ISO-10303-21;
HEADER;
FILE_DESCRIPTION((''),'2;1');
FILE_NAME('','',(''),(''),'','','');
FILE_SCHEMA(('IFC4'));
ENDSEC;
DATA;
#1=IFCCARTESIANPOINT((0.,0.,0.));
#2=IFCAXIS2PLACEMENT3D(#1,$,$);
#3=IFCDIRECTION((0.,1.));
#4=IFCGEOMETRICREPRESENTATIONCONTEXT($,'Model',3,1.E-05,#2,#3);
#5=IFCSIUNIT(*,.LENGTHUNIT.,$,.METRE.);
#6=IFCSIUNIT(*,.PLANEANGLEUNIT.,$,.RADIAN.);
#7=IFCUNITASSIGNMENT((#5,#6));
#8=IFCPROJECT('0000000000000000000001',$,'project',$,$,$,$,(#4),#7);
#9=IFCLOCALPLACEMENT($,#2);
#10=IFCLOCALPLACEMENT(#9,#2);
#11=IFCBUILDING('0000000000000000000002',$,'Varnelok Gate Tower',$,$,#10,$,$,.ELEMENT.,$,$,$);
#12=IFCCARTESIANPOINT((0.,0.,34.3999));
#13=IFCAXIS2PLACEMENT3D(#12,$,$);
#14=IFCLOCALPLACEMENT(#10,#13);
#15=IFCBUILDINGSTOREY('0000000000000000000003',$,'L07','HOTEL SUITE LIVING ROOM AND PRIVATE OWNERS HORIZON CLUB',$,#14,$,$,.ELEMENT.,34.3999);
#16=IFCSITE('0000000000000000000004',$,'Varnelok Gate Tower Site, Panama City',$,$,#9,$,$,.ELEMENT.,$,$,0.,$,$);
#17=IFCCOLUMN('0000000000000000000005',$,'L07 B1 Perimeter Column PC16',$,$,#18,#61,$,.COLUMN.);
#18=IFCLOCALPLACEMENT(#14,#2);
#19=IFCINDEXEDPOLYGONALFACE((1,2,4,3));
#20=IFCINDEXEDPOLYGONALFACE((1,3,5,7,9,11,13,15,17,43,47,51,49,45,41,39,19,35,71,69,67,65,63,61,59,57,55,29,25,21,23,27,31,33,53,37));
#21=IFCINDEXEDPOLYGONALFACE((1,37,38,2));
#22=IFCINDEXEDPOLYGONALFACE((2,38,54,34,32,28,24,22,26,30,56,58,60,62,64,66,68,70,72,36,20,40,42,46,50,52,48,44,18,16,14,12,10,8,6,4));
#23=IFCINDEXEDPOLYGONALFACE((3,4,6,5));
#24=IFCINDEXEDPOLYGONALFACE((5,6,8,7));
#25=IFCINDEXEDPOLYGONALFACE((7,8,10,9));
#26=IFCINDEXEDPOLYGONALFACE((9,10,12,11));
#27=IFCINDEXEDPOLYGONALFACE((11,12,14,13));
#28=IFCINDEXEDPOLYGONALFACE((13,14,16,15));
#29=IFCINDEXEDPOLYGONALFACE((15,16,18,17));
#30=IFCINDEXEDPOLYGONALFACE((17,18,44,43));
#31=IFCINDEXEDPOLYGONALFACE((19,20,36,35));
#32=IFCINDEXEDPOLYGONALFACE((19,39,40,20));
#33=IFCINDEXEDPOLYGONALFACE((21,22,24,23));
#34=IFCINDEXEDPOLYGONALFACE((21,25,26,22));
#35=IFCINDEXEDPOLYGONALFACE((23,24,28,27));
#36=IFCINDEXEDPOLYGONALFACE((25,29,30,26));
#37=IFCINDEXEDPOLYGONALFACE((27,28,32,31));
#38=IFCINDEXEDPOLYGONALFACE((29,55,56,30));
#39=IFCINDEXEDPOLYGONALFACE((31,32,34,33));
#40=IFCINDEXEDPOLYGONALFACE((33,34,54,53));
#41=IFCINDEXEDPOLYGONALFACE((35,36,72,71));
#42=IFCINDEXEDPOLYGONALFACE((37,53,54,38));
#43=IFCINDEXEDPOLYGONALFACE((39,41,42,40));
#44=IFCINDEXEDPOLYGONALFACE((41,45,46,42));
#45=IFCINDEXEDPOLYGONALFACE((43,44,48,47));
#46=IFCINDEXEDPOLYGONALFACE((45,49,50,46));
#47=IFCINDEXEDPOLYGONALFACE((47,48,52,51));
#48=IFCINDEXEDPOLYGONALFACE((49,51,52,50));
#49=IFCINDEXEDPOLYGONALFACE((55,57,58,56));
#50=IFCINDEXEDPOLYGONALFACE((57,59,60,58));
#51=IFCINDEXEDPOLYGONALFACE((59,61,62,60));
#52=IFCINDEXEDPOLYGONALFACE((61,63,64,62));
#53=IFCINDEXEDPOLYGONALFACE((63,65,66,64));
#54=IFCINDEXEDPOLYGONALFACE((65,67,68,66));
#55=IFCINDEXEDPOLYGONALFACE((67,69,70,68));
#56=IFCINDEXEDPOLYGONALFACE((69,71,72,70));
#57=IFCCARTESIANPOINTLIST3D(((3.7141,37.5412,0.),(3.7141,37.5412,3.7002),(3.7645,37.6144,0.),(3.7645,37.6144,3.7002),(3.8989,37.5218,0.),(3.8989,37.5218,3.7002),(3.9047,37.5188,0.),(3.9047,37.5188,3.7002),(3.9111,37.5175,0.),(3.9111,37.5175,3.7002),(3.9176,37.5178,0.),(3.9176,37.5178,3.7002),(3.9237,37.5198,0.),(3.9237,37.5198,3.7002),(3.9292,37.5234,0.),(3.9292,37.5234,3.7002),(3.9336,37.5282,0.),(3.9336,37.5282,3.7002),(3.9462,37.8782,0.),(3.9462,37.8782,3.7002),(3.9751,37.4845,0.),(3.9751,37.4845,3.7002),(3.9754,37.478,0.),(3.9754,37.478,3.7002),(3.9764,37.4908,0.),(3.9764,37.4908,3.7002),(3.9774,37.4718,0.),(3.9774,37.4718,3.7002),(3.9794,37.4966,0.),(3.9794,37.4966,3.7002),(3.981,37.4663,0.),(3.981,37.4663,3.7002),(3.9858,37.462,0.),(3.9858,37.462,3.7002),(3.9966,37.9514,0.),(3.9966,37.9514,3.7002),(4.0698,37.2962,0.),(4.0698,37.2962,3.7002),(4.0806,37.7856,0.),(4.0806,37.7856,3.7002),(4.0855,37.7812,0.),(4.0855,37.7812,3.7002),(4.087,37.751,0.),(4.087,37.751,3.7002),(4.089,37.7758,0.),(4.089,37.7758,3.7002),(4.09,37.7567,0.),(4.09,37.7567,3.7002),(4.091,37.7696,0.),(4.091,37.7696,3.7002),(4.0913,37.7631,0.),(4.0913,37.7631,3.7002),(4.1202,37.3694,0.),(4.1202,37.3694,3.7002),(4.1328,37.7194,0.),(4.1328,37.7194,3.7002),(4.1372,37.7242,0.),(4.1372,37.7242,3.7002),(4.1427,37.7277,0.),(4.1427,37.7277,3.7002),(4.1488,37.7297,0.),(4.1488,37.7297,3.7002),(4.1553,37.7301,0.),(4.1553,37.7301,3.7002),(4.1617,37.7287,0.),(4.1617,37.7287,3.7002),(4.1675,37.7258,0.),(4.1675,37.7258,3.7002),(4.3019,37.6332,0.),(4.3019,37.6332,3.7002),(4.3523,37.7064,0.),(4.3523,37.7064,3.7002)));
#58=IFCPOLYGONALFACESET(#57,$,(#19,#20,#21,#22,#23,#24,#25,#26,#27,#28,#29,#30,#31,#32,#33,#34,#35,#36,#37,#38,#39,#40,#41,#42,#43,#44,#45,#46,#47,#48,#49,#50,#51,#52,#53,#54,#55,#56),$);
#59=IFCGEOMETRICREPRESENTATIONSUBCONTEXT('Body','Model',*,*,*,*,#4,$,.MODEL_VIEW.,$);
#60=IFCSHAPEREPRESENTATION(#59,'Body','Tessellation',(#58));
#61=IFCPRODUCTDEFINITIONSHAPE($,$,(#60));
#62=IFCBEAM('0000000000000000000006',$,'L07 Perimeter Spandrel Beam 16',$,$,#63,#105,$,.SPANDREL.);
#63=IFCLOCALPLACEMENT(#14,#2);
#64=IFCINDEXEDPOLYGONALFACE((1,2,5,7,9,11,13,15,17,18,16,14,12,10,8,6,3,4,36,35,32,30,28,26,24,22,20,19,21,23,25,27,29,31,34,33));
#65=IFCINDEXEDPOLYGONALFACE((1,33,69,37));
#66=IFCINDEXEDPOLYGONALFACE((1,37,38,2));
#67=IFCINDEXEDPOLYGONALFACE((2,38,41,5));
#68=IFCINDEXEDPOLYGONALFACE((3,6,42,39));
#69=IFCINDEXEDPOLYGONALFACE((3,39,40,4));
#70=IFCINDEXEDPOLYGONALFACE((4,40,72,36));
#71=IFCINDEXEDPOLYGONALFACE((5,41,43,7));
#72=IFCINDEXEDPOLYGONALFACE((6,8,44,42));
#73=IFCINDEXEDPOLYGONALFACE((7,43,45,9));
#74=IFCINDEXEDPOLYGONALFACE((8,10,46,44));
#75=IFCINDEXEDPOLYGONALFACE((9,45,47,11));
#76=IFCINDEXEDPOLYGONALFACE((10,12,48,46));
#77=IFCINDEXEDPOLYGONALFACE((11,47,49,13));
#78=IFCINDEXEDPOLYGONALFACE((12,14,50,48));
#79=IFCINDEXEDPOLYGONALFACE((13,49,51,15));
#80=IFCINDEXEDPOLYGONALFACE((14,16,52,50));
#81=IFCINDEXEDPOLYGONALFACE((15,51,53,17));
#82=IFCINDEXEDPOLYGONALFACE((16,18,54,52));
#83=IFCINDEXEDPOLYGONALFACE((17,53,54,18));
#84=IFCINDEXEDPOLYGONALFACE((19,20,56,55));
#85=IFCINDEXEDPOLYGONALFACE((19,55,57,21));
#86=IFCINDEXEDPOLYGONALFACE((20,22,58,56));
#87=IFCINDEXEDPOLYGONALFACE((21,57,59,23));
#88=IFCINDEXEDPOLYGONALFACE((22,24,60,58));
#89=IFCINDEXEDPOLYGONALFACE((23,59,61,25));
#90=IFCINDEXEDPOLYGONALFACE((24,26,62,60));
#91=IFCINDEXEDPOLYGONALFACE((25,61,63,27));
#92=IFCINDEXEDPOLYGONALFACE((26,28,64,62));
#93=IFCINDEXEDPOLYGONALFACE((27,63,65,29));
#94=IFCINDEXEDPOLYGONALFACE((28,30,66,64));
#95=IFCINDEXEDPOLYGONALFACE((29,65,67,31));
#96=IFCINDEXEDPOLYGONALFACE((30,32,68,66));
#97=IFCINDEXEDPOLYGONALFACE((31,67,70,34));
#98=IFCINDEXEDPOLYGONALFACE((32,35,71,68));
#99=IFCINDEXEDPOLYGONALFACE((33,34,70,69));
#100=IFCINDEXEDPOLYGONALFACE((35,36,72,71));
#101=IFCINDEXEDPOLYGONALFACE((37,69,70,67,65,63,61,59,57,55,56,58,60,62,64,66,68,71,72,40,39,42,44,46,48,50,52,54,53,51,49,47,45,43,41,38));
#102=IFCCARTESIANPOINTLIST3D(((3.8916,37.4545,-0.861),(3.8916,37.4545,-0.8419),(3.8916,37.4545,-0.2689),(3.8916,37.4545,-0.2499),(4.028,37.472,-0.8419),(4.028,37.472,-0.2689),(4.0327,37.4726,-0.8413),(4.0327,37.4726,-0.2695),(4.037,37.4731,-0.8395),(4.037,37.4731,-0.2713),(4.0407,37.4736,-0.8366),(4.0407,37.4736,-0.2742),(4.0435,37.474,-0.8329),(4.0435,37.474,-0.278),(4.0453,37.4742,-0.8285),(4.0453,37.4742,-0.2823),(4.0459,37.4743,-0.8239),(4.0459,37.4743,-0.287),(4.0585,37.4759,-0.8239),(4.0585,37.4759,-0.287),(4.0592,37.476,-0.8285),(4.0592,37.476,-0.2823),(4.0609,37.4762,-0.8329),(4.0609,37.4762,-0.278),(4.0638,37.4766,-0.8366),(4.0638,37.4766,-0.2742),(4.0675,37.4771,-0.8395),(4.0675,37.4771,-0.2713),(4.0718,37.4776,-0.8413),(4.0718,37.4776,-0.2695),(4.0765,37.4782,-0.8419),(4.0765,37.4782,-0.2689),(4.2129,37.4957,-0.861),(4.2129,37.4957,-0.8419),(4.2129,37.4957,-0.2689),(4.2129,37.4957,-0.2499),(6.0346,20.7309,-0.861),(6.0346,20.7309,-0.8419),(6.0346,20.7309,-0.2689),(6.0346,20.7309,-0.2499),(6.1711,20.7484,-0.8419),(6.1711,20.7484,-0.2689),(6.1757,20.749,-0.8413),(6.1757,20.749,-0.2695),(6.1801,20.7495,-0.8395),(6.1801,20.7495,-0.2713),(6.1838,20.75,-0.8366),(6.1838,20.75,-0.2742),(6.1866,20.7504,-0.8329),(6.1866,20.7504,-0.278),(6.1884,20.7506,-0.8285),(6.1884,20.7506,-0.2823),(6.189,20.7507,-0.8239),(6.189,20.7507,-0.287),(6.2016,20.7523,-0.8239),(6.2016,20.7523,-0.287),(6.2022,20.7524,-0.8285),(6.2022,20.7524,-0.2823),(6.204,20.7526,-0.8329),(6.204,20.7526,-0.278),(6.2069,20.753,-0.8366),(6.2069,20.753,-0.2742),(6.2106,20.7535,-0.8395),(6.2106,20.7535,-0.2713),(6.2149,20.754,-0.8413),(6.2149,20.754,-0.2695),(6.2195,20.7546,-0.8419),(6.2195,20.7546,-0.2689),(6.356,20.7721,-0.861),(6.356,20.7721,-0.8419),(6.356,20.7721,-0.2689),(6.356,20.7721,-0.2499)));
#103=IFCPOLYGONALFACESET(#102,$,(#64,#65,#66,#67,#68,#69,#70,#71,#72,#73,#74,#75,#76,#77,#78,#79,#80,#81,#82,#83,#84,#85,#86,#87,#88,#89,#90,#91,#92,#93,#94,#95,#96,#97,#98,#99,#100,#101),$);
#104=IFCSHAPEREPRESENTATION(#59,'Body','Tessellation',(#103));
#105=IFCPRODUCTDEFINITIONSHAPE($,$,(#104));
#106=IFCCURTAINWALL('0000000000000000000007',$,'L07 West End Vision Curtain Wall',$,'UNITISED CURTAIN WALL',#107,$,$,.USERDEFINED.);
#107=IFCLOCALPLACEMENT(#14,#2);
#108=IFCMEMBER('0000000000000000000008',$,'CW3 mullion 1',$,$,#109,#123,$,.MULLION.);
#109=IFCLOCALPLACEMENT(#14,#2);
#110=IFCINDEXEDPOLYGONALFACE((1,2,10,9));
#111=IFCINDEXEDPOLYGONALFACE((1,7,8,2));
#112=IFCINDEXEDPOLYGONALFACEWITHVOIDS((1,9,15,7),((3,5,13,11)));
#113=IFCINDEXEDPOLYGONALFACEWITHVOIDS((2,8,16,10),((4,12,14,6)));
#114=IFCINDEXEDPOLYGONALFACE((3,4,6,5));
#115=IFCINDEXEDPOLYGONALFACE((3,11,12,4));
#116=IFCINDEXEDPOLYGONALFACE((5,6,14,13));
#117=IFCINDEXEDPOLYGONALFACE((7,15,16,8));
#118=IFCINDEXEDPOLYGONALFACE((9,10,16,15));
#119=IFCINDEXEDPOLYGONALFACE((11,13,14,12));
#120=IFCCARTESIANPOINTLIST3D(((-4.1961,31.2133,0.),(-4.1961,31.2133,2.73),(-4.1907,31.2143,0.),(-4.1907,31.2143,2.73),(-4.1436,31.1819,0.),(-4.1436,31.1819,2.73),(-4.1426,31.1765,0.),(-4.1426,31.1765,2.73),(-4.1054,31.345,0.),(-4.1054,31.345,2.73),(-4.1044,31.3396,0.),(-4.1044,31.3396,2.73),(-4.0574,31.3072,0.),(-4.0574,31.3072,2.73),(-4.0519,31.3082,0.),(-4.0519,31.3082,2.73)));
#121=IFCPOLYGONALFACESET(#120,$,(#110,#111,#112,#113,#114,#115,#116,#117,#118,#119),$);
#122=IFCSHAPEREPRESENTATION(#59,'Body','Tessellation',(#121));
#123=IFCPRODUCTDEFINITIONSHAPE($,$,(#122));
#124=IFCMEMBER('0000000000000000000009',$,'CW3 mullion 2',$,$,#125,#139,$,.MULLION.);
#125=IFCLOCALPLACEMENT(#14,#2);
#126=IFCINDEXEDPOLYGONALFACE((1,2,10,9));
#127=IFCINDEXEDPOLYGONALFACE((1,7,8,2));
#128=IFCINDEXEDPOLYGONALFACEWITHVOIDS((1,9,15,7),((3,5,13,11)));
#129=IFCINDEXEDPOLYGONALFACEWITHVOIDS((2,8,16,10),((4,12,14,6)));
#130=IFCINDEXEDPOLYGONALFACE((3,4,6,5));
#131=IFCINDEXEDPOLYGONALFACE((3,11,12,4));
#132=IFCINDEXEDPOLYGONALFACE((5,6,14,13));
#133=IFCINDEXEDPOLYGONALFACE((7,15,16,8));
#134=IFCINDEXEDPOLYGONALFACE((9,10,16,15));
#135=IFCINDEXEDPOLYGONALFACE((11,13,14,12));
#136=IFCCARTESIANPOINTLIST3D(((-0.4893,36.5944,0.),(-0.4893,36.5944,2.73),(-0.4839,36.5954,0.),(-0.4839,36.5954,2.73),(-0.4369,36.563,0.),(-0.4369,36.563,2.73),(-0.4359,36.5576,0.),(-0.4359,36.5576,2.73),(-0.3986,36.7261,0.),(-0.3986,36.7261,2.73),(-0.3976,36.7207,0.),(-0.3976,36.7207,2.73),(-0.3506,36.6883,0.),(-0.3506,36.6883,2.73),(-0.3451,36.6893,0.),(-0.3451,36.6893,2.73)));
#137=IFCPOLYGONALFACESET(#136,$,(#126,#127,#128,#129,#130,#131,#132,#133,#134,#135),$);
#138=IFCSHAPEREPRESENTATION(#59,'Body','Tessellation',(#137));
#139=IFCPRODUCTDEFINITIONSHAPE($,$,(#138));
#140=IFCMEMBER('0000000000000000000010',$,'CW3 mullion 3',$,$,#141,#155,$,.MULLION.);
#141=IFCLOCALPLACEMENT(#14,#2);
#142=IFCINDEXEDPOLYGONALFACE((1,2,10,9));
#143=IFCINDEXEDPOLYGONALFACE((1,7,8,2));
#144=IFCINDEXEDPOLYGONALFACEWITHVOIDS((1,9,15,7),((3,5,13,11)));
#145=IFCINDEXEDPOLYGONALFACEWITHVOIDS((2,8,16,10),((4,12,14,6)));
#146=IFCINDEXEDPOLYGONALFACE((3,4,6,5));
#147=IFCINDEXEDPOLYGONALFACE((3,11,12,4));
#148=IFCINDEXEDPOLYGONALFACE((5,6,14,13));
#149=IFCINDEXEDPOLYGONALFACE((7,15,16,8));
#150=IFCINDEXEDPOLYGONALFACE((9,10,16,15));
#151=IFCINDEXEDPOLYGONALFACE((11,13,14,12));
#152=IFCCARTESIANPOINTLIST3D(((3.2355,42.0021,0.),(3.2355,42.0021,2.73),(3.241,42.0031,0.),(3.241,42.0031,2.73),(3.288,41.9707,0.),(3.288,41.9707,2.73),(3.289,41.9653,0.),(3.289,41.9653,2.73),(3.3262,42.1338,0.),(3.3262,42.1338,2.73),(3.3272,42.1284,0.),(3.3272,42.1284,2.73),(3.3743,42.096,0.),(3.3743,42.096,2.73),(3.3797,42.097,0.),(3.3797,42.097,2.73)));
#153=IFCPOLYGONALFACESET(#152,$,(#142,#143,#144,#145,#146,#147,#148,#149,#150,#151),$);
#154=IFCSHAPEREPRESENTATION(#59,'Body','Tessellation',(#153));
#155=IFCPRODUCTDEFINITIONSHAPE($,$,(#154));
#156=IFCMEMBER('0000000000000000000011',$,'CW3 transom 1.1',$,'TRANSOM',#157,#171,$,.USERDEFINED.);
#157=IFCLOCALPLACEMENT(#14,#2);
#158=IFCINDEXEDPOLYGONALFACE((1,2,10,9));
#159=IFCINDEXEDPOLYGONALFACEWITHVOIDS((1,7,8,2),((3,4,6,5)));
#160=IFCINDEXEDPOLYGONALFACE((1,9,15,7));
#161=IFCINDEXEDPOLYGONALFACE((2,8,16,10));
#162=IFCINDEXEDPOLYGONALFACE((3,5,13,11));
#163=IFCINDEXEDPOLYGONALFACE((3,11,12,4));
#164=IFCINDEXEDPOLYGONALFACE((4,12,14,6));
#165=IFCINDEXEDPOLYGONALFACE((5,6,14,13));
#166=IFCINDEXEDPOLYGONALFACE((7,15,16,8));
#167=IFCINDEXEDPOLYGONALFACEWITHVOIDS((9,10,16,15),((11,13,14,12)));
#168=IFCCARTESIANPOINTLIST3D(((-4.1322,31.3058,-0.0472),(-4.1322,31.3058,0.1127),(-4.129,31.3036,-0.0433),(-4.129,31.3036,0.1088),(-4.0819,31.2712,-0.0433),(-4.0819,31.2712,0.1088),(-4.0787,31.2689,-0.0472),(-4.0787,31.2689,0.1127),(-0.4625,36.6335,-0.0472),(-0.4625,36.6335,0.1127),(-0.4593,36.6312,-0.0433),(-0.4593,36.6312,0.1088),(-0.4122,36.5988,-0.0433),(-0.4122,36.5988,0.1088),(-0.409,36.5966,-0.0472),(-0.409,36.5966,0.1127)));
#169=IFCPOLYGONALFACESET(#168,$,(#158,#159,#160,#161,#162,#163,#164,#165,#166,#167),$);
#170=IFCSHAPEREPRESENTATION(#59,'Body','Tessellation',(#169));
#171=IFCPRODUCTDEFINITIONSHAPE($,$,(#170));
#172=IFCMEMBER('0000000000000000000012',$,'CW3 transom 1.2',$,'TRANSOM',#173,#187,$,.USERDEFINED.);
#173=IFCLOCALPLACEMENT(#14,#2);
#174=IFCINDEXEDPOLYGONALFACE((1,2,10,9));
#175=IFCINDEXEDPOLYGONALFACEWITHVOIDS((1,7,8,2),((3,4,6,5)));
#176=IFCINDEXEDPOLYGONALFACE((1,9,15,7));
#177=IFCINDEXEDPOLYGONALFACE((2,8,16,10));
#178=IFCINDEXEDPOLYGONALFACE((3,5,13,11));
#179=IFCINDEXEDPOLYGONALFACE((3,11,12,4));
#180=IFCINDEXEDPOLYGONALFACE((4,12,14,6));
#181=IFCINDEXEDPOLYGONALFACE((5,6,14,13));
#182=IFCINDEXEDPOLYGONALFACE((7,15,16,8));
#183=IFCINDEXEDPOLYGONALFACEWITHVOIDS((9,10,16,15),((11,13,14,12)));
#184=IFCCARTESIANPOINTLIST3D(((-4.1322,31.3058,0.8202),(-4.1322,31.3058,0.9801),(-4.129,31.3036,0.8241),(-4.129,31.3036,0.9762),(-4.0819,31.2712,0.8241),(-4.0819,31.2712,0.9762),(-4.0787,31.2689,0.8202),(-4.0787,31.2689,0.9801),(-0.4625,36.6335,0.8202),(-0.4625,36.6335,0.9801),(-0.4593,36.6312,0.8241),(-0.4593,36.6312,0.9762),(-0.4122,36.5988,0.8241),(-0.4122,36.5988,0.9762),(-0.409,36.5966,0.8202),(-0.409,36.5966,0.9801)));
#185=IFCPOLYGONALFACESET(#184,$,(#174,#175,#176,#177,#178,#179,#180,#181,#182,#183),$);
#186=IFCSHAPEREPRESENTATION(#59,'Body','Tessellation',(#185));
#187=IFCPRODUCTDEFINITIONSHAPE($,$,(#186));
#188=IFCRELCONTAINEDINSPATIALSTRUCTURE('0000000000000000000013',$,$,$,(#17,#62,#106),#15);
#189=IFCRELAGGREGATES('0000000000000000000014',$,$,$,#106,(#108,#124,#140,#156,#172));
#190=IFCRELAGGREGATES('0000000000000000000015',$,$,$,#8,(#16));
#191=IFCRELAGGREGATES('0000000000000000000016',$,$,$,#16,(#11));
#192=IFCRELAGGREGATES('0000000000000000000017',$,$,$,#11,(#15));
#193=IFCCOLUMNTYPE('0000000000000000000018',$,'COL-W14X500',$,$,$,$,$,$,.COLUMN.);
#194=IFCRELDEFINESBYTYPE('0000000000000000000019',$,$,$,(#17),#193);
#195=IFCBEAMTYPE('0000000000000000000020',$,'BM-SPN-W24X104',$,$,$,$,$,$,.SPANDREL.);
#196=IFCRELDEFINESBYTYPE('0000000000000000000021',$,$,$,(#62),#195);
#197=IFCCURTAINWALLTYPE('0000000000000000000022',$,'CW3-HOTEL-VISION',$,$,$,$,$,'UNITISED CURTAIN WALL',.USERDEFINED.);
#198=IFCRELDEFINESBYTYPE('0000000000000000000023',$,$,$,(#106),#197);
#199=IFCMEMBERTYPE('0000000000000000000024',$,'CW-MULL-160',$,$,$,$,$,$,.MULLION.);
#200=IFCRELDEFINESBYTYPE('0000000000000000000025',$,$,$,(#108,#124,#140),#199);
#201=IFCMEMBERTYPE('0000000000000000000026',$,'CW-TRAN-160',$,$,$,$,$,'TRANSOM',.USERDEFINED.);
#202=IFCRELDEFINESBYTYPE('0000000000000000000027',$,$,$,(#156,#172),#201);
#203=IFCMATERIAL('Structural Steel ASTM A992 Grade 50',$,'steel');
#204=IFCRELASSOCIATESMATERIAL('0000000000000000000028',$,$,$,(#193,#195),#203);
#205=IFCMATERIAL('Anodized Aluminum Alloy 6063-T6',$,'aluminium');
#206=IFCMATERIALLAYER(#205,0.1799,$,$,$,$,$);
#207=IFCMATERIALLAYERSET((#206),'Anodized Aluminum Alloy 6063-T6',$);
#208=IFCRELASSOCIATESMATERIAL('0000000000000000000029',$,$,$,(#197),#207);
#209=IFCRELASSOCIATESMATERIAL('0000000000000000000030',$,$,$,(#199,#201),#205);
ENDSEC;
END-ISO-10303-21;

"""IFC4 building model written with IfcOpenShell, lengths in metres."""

from ifc_helpers import new_model, si_unit, direction, frame, origin, origin_2d, place, context, subcontext, project, spatial, hollow_rectangle, i_section, extrude, material, layer, layer_set, material_profile, profile_set, type_object, element, aggregate, save


model = new_model("IFC4")

# Units and contexts
model_context = context("Model", 3, precision=1e-05, world=origin(), true_north=direction((0.0, 1.0)))
body_context = subcontext(model_context, "Body", "Model", "MODEL_VIEW")
ifc_project = project(units=[si_unit("LENGTHUNIT", "METRE"), si_unit("PLANEANGLEUNIT", "RADIAN")], contexts=[model_context])

# Site, building, storey
site_placement = place(None, origin())
site = spatial("IfcSite", under=ifc_project, at=site_placement, Name="Varnelok Gate Tower Site, Panama City", CompositionType="ELEMENT", RefElevation=0.0)
building_placement = place(site_placement, origin())
building = spatial("IfcBuilding", under=site, at=building_placement, Name="Varnelok Gate Tower", CompositionType="ELEMENT")
storey_placement = place(building_placement, frame((0.0, 0.0, 34.3999)))
storey = spatial("IfcBuildingStorey", under=building, at=storey_placement, Name="L07", Description="HOTEL SUITE LIVING ROOM AND PRIVATE OWNERS HORIZON CLUB", CompositionType="ELEMENT", Elevation=34.3999)

# Column
ifc_material_1 = material(Name="Structural Steel ASTM A992 Grade 50", Category="steel")
ifc_material_profile_1 = material_profile(ifc_material_1, i_section(OverallWidth=0.4319, OverallDepth=0.498, WebThickness=0.0557, FlangeThickness=0.0889, FilletRadius=0.0249, at=origin_2d()), Name="W14X500")
ifc_profile_set_1 = profile_set([ifc_material_profile_1], Name="Structural Steel ASTM A992 Grade 50")
column_type = type_object("IfcColumnType", Name="COL-W14X500", PredefinedType="COLUMN", material=ifc_profile_set_1)
column_placement = place(storey_placement, frame((4.0332, 37.6238, 0.0), z_axis=(0.0, 0.0, 1.0), x_axis=(0.823533, -0.567269, 0.0)))
element("IfcColumn", 1, at=column_placement, inside=storey, type_object=column_type, Name="L07 B1 Perimeter Column PC16", PredefinedType="COLUMN", context=body_context, shape_type="SweptSolid", body=[
    extrude(i_section(OverallWidth=0.4319, OverallDepth=0.498, WebThickness=0.0557, FlangeThickness=0.0889, FilletRadius=0.0249, at=origin_2d()), origin(), (0.0, 0.0, 1.0), 3.7002),
])

# Beam
ifc_material_profile_2 = material_profile(ifc_material_1, i_section(OverallWidth=0.324, OverallDepth=0.6111, WebThickness=0.0127, FlangeThickness=0.019, FilletRadius=0.0181, at=origin_2d()), Name="W24X104")
ifc_profile_set_2 = profile_set([ifc_material_profile_2], Name="Structural Steel ASTM A992 Grade 50")
beam_type = type_object("IfcBeamType", Name="BM-SPN-W24X104", PredefinedType="SPANDREL", material=ifc_profile_set_2)
beam_placement = place(storey_placement, frame((4.0522, 37.4751, -0.5554), z_axis=(0.127107, -0.991889, 0.0), x_axis=(0.991889, 0.127107, 0.0)))
element("IfcBeam", 2, at=beam_placement, inside=storey, type_object=beam_type, Name="L07 Perimeter Spandrel Beam 16", PredefinedType="SPANDREL", context=body_context, shape_type="SweptSolid", body=[
    extrude(i_section(OverallWidth=0.324, OverallDepth=0.6111, WebThickness=0.0127, FlangeThickness=0.019, FilletRadius=0.0181, at=origin_2d()), origin(), (0.0, 0.0, 1.0), 16.8604),
])

# Curtain wall, members
ifc_material_2 = material(Name="Anodized Aluminum Alloy 6063-T6", Category="aluminium")
ifc_layer_1 = layer(ifc_material_2, 0.1799)
ifc_layer_set_1 = layer_set([ifc_layer_1], Name="Anodized Aluminum Alloy 6063-T6")
curtain_wall_type = type_object("IfcCurtainWallType", Name="CW3-HOTEL-VISION", ElementType="UNITISED CURTAIN WALL", PredefinedType="USERDEFINED", material=ifc_layer_set_1)
curtain_wall_placement = place(storey_placement, origin())
curtain_wall = element("IfcCurtainWall", 3, at=curtain_wall_placement, inside=storey, type_object=curtain_wall_type, Name="L07 West End Vision Curtain Wall", ObjectType="UNITISED CURTAIN WALL", PredefinedType="USERDEFINED")
ifc_material_profile_3 = material_profile(ifc_material_2, hollow_rectangle(XDim=0.0649, YDim=0.1599, WallThickness=0.0039, at=origin_2d()), Name="ALU160X65X4")
ifc_profile_set_3 = profile_set([ifc_material_profile_3], Name="Anodized Aluminum Alloy 6063-T6")
member_type_1 = type_object("IfcMemberType", Name="CW-MULL-160", PredefinedType="MULLION", material=ifc_profile_set_3)
member_1_placement = place(storey_placement, frame((-4.124, 31.2607, 0.0), z_axis=(0.0, 0.0, 1.0), x_axis=(-0.823533, 0.567269, 0.0)))
member_1 = element("IfcMember", 4, at=member_1_placement, type_object=member_type_1, Name="CW3 mullion 1", PredefinedType="MULLION", context=body_context, shape_type="SweptSolid", body=[
    extrude(hollow_rectangle(XDim=0.0649, YDim=0.1599, WallThickness=0.0039, at=origin_2d()), origin(), (0.0, 0.0, 1.0), 2.73),
])
member_2_placement = place(storey_placement, frame((-0.4172, 36.6418, 0.0), z_axis=(0.0, 0.0, 1.0), x_axis=(-0.823533, 0.567269, 0.0)))
member_2 = element("IfcMember", 5, at=member_2_placement, type_object=member_type_1, Name="CW3 mullion 2", PredefinedType="MULLION", context=body_context, shape_type="SweptSolid", body=[
    extrude(hollow_rectangle(XDim=0.0649, YDim=0.1599, WallThickness=0.0039, at=origin_2d()), origin(), (0.0, 0.0, 1.0), 2.73),
])
member_3_placement = place(storey_placement, frame((3.3076, 42.0496, 0.0), z_axis=(0.0, 0.0, 1.0), x_axis=(-0.823533, 0.567269, 0.0)))
member_3 = element("IfcMember", 6, at=member_3_placement, type_object=member_type_1, Name="CW3 mullion 3", PredefinedType="MULLION", context=body_context, shape_type="SweptSolid", body=[
    extrude(hollow_rectangle(XDim=0.0649, YDim=0.1599, WallThickness=0.0039, at=origin_2d()), origin(), (0.0, 0.0, 1.0), 2.73),
])
ifc_material_profile_4 = material_profile(ifc_material_2, hollow_rectangle(XDim=0.0649, YDim=0.1599, WallThickness=0.0039, at=origin_2d()), Name="ALU160X65X4")
ifc_profile_set_4 = profile_set([ifc_material_profile_4], Name="Anodized Aluminum Alloy 6063-T6")
member_type_2 = type_object("IfcMemberType", Name="CW-TRAN-160", ElementType="TRANSOM", PredefinedType="USERDEFINED", material=ifc_profile_set_4)
member_4_placement = place(storey_placement, frame((-4.1055, 31.2874, 0.0327), z_axis=(0.567256, 0.823542, 0.0), x_axis=(-0.823542, 0.567256, 0.0)))
member_4 = element("IfcMember", 7, at=member_4_placement, type_object=member_type_2, Name="CW3 transom 1.1", ObjectType="TRANSOM", PredefinedType="USERDEFINED", context=body_context, shape_type="SweptSolid", body=[
    extrude(hollow_rectangle(XDim=0.0649, YDim=0.1599, WallThickness=0.0039, at=origin_2d()), origin(), (0.0, 0.0, 1.0), 6.4692),
])
member_5_placement = place(storey_placement, frame((-4.1055, 31.2874, 0.9001), z_axis=(0.567256, 0.823542, 0.0), x_axis=(-0.823542, 0.567256, 0.0)))
member_5 = element("IfcMember", 8, at=member_5_placement, type_object=member_type_2, Name="CW3 transom 1.2", ObjectType="TRANSOM", PredefinedType="USERDEFINED", context=body_context, shape_type="SweptSolid", body=[
    extrude(hollow_rectangle(XDim=0.0649, YDim=0.1599, WallThickness=0.0039, at=origin_2d()), origin(), (0.0, 0.0, 1.0), 6.4692),
])
aggregate(curtain_wall, [member_1, member_2, member_3, member_4, member_5])

save(model, "model.ifc")
